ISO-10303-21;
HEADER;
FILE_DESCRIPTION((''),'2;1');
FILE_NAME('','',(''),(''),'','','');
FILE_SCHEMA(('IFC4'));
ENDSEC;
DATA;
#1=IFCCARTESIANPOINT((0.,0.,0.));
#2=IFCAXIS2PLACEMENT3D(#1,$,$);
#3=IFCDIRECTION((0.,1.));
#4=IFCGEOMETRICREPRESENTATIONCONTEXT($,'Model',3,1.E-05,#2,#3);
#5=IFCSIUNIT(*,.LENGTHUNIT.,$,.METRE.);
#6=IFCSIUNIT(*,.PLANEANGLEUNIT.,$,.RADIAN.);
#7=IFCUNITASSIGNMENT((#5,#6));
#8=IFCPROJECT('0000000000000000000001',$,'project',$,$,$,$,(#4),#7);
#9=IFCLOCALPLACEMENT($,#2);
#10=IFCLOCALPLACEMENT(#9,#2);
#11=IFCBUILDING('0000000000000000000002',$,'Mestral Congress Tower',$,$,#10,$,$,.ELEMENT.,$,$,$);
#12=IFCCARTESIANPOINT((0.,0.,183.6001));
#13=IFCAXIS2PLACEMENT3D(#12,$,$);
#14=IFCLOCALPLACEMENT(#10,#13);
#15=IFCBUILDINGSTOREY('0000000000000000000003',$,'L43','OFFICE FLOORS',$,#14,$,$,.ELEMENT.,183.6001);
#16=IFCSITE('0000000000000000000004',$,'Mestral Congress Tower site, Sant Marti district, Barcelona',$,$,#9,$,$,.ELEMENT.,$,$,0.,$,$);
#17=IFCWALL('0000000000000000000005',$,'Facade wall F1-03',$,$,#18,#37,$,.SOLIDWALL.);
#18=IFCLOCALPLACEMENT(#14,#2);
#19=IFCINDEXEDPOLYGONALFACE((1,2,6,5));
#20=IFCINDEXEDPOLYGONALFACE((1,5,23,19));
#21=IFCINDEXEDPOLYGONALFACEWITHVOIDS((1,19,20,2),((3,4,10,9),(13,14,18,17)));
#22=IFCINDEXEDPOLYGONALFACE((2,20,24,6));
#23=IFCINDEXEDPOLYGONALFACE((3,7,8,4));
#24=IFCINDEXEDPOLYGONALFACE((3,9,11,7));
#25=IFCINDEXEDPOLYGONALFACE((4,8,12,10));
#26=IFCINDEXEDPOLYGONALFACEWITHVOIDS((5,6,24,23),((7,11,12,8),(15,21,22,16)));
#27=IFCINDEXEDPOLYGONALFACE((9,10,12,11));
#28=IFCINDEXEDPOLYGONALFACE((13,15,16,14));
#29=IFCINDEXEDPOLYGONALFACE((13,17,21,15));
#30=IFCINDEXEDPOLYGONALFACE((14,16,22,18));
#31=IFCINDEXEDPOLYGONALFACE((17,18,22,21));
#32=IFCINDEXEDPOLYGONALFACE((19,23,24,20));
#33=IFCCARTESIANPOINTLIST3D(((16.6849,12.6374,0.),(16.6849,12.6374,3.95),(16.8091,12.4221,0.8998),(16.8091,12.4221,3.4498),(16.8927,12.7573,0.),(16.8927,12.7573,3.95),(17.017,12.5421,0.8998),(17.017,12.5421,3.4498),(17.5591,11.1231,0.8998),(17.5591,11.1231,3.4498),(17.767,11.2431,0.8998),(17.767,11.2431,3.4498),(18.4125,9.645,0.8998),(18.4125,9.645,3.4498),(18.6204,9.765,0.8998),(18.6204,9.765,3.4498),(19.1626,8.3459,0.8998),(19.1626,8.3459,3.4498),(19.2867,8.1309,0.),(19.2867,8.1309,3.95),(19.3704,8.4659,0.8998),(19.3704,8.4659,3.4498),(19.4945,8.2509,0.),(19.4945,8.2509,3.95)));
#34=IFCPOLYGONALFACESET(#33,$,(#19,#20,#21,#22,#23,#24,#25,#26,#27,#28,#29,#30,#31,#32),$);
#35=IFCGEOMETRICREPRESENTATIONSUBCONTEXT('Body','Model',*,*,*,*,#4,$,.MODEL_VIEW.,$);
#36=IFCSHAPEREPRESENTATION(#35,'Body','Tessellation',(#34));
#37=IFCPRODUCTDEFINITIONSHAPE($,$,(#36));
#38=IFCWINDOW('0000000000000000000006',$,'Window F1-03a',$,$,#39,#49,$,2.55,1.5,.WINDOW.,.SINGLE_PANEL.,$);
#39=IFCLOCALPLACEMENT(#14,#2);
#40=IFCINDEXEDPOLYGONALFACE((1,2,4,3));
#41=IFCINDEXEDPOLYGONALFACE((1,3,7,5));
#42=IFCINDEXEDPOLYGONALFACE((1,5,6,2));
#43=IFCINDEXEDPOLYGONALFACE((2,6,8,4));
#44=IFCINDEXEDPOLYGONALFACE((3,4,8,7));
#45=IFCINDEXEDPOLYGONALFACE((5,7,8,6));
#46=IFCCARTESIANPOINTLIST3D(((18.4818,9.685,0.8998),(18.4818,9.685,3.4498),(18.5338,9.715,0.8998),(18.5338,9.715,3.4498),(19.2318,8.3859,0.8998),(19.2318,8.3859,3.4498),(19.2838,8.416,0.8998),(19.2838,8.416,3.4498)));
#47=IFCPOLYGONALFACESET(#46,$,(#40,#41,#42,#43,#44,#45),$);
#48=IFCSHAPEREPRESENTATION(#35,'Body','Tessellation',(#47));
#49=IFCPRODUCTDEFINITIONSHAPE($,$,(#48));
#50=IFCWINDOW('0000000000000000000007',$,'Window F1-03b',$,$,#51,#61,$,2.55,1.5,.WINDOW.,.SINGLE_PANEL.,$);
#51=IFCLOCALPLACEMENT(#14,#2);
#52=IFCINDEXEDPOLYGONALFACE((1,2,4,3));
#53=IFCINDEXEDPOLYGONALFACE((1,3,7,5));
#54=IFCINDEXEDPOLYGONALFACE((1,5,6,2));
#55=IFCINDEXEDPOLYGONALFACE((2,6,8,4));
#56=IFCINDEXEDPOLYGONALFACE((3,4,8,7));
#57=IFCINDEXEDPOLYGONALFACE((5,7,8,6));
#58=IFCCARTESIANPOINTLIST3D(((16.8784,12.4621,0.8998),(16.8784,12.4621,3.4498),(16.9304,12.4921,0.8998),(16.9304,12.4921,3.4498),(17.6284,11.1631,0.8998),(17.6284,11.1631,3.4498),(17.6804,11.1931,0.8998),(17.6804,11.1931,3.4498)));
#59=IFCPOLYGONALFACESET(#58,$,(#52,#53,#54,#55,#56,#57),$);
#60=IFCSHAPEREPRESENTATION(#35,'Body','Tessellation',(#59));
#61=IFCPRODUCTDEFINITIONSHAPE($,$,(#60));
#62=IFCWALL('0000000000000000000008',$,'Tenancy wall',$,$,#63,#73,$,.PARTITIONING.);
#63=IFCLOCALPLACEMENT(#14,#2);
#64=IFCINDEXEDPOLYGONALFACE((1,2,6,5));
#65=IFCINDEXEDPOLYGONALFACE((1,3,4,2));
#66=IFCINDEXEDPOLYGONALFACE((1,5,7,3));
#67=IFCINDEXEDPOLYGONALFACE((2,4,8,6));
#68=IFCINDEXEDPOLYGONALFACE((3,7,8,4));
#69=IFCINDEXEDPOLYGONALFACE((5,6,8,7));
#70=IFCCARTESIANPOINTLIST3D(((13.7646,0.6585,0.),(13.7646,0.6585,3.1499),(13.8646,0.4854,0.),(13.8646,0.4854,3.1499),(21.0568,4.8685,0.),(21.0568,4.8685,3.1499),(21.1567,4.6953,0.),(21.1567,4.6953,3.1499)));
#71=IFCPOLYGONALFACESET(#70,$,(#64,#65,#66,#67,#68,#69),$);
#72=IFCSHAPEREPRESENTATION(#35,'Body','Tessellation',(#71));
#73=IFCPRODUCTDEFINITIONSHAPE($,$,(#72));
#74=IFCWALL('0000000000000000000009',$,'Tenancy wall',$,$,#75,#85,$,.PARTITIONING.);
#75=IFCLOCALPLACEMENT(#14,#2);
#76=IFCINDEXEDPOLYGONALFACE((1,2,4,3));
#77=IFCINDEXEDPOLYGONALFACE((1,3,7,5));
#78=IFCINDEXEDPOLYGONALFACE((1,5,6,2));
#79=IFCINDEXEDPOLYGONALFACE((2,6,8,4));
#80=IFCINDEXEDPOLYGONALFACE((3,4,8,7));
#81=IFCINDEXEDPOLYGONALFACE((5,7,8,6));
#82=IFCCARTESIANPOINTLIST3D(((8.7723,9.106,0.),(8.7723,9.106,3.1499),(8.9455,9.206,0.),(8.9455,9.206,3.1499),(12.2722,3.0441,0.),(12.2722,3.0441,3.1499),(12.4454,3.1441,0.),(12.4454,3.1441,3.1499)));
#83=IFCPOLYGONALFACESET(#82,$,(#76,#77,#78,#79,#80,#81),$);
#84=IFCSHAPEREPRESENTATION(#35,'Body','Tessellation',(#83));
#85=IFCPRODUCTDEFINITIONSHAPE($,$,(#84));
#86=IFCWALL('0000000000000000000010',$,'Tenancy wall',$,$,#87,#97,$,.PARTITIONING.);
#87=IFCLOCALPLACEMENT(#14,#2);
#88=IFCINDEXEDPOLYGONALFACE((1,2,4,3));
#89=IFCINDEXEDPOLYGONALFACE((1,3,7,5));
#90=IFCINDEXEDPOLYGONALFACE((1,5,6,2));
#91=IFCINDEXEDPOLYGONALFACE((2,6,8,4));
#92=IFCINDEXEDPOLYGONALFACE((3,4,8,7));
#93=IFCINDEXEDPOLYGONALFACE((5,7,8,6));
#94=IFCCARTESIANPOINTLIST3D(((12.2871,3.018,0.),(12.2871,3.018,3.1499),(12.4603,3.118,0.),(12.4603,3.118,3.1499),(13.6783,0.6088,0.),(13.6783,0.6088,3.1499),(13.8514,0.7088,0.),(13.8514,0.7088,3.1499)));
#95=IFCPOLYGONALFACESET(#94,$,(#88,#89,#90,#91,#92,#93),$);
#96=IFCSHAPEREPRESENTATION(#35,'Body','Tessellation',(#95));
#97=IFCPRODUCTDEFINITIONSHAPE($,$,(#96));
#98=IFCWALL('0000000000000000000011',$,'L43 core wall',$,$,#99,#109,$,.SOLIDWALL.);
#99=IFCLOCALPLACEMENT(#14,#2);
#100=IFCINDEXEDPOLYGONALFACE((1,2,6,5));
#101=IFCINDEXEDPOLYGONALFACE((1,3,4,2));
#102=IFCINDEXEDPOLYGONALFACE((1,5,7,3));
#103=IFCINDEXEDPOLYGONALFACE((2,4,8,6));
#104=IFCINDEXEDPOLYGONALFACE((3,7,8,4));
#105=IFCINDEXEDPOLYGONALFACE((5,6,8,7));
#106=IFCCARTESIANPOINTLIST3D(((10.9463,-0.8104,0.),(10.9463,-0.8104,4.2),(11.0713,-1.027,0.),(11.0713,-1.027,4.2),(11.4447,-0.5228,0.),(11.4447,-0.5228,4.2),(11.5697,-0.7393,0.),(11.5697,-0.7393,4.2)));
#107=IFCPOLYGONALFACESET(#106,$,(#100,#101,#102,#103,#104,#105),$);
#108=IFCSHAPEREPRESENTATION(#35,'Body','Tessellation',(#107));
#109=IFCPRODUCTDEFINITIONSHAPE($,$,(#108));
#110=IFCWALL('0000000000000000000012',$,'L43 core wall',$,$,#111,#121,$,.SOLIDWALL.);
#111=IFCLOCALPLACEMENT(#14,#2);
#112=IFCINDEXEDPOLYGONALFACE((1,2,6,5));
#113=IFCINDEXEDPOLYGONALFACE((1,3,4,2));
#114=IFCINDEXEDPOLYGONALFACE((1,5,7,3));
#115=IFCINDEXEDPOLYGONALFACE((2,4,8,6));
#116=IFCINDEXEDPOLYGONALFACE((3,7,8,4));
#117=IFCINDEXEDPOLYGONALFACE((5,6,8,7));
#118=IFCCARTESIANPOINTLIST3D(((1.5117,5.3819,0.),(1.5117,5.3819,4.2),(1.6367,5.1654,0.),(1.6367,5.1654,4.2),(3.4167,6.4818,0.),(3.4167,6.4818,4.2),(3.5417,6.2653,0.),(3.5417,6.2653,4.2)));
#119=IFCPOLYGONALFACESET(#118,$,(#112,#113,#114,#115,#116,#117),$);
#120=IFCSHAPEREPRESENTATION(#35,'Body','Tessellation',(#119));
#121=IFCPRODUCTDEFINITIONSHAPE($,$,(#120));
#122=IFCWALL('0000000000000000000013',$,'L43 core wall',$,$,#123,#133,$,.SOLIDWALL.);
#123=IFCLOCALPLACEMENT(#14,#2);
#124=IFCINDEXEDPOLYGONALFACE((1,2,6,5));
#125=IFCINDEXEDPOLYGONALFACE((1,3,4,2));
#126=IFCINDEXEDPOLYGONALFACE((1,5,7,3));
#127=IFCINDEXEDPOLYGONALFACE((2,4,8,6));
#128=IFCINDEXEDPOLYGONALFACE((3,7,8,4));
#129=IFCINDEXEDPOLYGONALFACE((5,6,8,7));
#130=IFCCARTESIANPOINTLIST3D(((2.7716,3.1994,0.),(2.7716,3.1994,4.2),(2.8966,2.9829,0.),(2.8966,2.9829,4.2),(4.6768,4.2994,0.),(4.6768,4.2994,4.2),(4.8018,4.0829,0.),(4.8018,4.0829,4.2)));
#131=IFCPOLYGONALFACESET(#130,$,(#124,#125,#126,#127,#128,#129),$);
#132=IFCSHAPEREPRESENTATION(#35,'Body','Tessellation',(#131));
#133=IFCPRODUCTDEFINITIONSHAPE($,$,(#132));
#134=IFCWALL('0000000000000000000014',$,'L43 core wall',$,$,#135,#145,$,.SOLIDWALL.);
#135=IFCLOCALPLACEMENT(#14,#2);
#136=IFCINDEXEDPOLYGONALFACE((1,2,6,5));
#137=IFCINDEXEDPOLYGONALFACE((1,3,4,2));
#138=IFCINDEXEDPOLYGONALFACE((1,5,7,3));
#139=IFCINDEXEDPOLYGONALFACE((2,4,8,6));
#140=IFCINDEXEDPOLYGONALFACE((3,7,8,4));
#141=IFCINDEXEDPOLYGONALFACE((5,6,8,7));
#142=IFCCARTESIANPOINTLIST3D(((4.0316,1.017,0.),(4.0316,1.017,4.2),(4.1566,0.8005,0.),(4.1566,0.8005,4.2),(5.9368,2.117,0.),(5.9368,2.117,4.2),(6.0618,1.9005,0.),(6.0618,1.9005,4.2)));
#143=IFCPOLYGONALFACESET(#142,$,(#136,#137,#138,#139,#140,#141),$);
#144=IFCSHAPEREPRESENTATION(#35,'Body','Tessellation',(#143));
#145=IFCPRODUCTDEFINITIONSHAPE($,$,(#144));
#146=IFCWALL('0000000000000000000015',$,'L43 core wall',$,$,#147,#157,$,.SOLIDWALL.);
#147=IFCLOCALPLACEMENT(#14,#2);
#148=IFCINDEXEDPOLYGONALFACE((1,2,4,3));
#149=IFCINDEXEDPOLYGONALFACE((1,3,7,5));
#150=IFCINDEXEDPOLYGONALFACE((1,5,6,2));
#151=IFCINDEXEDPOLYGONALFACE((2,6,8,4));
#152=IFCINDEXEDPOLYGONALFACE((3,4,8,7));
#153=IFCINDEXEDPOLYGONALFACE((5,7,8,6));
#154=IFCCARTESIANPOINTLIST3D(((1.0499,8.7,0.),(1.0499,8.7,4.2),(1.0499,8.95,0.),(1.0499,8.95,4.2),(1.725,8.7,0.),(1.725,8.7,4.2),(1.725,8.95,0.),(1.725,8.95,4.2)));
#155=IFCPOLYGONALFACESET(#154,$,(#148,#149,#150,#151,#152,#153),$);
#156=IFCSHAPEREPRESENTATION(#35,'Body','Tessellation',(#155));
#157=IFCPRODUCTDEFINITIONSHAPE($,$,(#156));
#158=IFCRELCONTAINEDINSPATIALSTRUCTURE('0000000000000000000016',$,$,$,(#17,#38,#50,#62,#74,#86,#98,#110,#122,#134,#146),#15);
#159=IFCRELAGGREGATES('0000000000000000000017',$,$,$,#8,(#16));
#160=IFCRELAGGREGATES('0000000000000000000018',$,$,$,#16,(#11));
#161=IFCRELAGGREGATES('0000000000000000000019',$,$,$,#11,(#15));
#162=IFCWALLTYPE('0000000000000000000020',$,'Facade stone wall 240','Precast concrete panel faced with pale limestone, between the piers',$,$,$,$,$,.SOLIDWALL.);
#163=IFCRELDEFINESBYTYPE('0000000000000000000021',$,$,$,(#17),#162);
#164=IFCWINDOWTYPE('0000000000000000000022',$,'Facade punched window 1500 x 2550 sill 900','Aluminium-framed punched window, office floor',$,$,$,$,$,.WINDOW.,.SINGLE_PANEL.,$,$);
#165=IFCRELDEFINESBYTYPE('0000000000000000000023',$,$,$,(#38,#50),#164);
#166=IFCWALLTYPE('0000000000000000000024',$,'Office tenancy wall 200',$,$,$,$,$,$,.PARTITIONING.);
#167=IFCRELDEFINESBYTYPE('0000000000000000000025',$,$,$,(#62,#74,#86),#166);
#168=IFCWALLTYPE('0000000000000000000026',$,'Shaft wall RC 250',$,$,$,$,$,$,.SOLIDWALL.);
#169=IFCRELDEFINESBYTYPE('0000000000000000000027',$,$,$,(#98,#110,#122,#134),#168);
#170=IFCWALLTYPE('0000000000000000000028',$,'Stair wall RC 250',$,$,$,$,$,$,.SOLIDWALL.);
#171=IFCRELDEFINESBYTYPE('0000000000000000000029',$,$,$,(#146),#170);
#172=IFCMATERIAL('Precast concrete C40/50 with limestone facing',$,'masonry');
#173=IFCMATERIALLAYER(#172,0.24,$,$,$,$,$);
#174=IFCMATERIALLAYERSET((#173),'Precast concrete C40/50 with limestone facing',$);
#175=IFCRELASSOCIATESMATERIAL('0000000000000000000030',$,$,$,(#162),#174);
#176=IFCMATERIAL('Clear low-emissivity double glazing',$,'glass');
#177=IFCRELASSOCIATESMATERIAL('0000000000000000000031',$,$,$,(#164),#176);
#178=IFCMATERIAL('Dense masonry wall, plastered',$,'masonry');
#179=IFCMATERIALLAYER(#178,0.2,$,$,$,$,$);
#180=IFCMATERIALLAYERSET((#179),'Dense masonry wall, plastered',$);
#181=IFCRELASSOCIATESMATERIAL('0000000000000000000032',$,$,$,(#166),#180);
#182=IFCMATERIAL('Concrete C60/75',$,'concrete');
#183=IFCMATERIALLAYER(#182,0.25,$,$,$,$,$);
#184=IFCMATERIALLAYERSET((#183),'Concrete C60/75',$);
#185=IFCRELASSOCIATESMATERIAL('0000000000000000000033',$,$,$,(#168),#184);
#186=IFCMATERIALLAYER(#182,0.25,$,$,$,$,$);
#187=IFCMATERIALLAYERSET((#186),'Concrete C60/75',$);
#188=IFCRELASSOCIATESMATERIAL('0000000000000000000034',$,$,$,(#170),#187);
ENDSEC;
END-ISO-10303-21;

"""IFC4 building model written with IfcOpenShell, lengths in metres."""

from ifc_helpers import new_model, si_unit, direction, frame, frame_2d, origin, place, context, subcontext, project, spatial, rectangle, extrude, material, layer, layer_set, type_object, element, fill, save


model = new_model("IFC4")

# Units and contexts
model_context = context("Model", 3, precision=1e-05, world=origin(), true_north=direction((0.0, 1.0)))
body_context = subcontext(model_context, "Body", "Model", "MODEL_VIEW")
ifc_project = project(units=[si_unit("LENGTHUNIT", "METRE"), si_unit("PLANEANGLEUNIT", "RADIAN")], contexts=[model_context])

# Site, building, storey
site_placement = place(None, origin())
site = spatial("IfcSite", under=ifc_project, at=site_placement, Name="Mestral Congress Tower site, Sant Marti district, Barcelona", CompositionType="ELEMENT", RefElevation=0.0)
building_placement = place(site_placement, origin())
building = spatial("IfcBuilding", under=site, at=building_placement, Name="Mestral Congress Tower", CompositionType="ELEMENT")
storey_placement = place(building_placement, frame((0.0, 0.0, 183.6001)))
storey = spatial("IfcBuildingStorey", under=building, at=storey_placement, Name="L43", Description="OFFICE FLOORS", CompositionType="ELEMENT", Elevation=183.6001)

# Shared definitions
ifc_material_1 = material(Name="Concrete C60/75", Category="concrete")

# Wall, openings, windows
ifc_material_2 = material(Name="Precast concrete C40/50 with limestone facing", Category="masonry")
ifc_layer_1 = layer(ifc_material_2, 0.24)
ifc_layer_set_1 = layer_set([ifc_layer_1], Name="Precast concrete C40/50 with limestone facing")
wall_type_1 = type_object("IfcWallType", Name="Facade stone wall 240", Description="Precast concrete panel faced with pale limestone, between the piers", PredefinedType="SOLIDWALL", material=ifc_layer_set_1)
ifc_material_3 = material(Name="Clear low-emissivity double glazing", Category="glass")
window_type = type_object("IfcWindowType", Name="Facade punched window 1500 x 2550 sill 900", Description="Aluminium-framed punched window, office floor", PartitioningType="SINGLE_PANEL", PredefinedType="WINDOW", material=ifc_material_3)
wall_1_placement = place(storey_placement, frame((19.3906, 8.1909, 0.0), z_axis=(0.0, 0.0, 1.0), x_axis=(-0.500009, 0.86602, 0.0)))
wall_1 = element("IfcWall", 1, at=wall_1_placement, inside=storey, type_object=wall_type_1, Name="Facade wall F1-03", PredefinedType="SOLIDWALL", context=body_context, shape_type="SweptSolid", body=[
    extrude(rectangle(XDim=5.2036, YDim=0.24, at=frame_2d((2.6018, 0.0))), origin(), (0.0, 0.0, 1.0), 3.95),
])
opening_1_placement = place(wall_1_placement, frame((0.2483, 0.0, 0.8999)))
opening_1 = element("IfcOpeningElement", 2, at=opening_1_placement, cuts=wall_1, PredefinedType="OPENING", context=body_context, shape_type="SweptSolid", body=[
    extrude(rectangle(XDim=1.5, YDim=2.55, at=frame_2d((0.75, 1.2749))), frame((0.0, 0.1299, 0.0), z_axis=(0.0, -1.0, 0.0), x_axis=(1.0, 0.0, 0.0)), (0.0, 0.0, 1.0), 0.26),
])
opening_2_placement = place(wall_1_placement, frame((3.4551, 0.0, 0.8999)))
opening_2 = element("IfcOpeningElement", 3, at=opening_2_placement, cuts=wall_1, PredefinedType="OPENING", context=body_context, shape_type="SweptSolid", body=[
    extrude(rectangle(XDim=1.5, YDim=2.55, at=frame_2d((0.75, 1.2749))), frame((0.0, 0.1299, 0.0), z_axis=(0.0, -1.0, 0.0), x_axis=(1.0, 0.0, 0.0)), (0.0, 0.0, 1.0), 0.26),
])
window_1_placement = place(opening_1_placement, origin())
window_1 = element("IfcWindow", 4, at=window_1_placement, inside=storey, type_object=window_type, Name="Window F1-03a", OverallHeight=2.55, OverallWidth=1.5, PartitioningType="SINGLE_PANEL", PredefinedType="WINDOW", context=body_context, shape_type="SweptSolid", body=[
    extrude(rectangle(XDim=1.5, YDim=2.55, at=frame_2d((0.75, 1.2749))), frame((0.0, 0.04, 0.0), z_axis=(0.0, -1.0, 0.0), x_axis=(1.0, 0.0, 0.0)), (0.0, 0.0, 1.0), 0.0601),
])
fill(opening_1, window_1)
window_2_placement = place(opening_2_placement, origin())
window_2 = element("IfcWindow", 5, at=window_2_placement, inside=storey, type_object=window_type, Name="Window F1-03b", OverallHeight=2.55, OverallWidth=1.5, PartitioningType="SINGLE_PANEL", PredefinedType="WINDOW", context=body_context, shape_type="SweptSolid", body=[
    extrude(rectangle(XDim=1.5, YDim=2.55, at=frame_2d((0.75, 1.2749))), frame((0.0, 0.04, 0.0), z_axis=(0.0, -1.0, 0.0), x_axis=(1.0, 0.0, 0.0)), (0.0, 0.0, 1.0), 0.0601),
])
fill(opening_2, window_2)

# Walls
ifc_material_4 = material(Name="Dense masonry wall, plastered", Category="masonry")
ifc_layer_2 = layer(ifc_material_4, 0.2)
ifc_layer_set_2 = layer_set([ifc_layer_2], Name="Dense masonry wall, plastered")
wall_type_2 = type_object("IfcWallType", Name="Office tenancy wall 200", PredefinedType="PARTITIONING", material=ifc_layer_set_2)
wall_2_placement = place(storey_placement, frame((13.8147, 0.572, 0.0), z_axis=(0.0, 0.0, 1.0), x_axis=(0.866036, 0.499981, 0.0)))
element("IfcWall", 6, at=wall_2_placement, inside=storey, type_object=wall_type_2, Name="Tenancy wall", PredefinedType="PARTITIONING", context=body_context, shape_type="SweptSolid", body=[
    extrude(rectangle(XDim=8.4202, YDim=0.2, at=frame_2d((4.21, 0.0))), origin(), (0.0, 0.0, 1.0), 3.1499),
])
wall_3_placement = place(storey_placement, frame((12.3589, 3.094, 0.0), z_axis=(0.0, 0.0, 1.0), x_axis=(-0.50001, 0.866019, 0.0)))
element("IfcWall", 7, at=wall_3_placement, inside=storey, type_object=wall_type_2, Name="Tenancy wall", PredefinedType="PARTITIONING", context=body_context, shape_type="SweptSolid", body=[
    extrude(rectangle(XDim=6.9998, YDim=0.2, at=frame_2d((3.5, 0.0))), origin(), (0.0, 0.0, 1.0), 3.1499),
])
wall_4_placement = place(storey_placement, frame((13.7649, 0.6587, 0.0), z_axis=(0.0, 0.0, 1.0), x_axis=(-0.500047, 0.865999, 0.0)))
element("IfcWall", 8, at=wall_4_placement, inside=storey, type_object=wall_type_2, Name="Tenancy wall", PredefinedType="PARTITIONING", context=body_context, shape_type="SweptSolid", body=[
    extrude(rectangle(XDim=2.782, YDim=0.2, at=frame_2d((1.3911, 0.0))), origin(), (0.0, 0.0, 1.0), 3.1499),
])
ifc_layer_3 = layer(ifc_material_1, 0.25)
ifc_layer_set_3 = layer_set([ifc_layer_3], Name="Concrete C60/75")
wall_type_3 = type_object("IfcWallType", Name="Shaft wall RC 250", PredefinedType="SOLIDWALL", material=ifc_layer_set_3)
wall_5_placement = place(storey_placement, frame((11.5071, -0.6311, 0.0), z_axis=(0.0, 0.0, 1.0), x_axis=(-0.866094, -0.499882, 0.0)))
element("IfcWall", 9, at=wall_5_placement, inside=storey, type_object=wall_type_3, Name="L43 core wall", PredefinedType="SOLIDWALL", context=body_context, shape_type="SweptSolid", body=[
    extrude(rectangle(XDim=0.5754, YDim=0.25, at=frame_2d((0.2876, 0.0))), origin(), (0.0, 0.0, 1.0), 4.2),
])
wall_6_placement = place(storey_placement, frame((1.5742, 5.2737, 0.0), z_axis=(0.0, 0.0, 1.0), x_axis=(0.866028, 0.499995, 0.0)))
element("IfcWall", 10, at=wall_6_placement, inside=storey, type_object=wall_type_3, Name="L43 core wall", PredefinedType="SOLIDWALL", context=body_context, shape_type="SweptSolid", body=[
    extrude(rectangle(XDim=2.1997, YDim=0.25, at=frame_2d((1.0999, 0.0))), origin(), (0.0, 0.0, 1.0), 4.2),
])
for number, where, z_axis, x_axis, name in (
    (11, (2.834, 3.0911, 0.0), (0.0, 0.0, 1.0), (0.866008, 0.50003, 0.0), "L43 core wall"),
    (12, (4.094, 0.9087, 0.0), (0.0, 0.0, 1.0), (0.866008, 0.50003, 0.0), "L43 core wall"),
):
    element("IfcWall", number, at=place(storey_placement, frame(where, z_axis=z_axis, x_axis=x_axis)), inside=storey, type_object=wall_type_3, Name=name, PredefinedType="SOLIDWALL", context=body_context, shape_type="SweptSolid", body=[
        extrude(rectangle(XDim=2.2, YDim=0.25, at=frame_2d((1.1001, 0.0))), origin(), (0.0, 0.0, 1.0), 4.2),
    ])
ifc_layer_4 = layer(ifc_material_1, 0.25)
ifc_layer_set_4 = layer_set([ifc_layer_4], Name="Concrete C60/75")
wall_type_4 = type_object("IfcWallType", Name="Stair wall RC 250", PredefinedType="SOLIDWALL", material=ifc_layer_set_4)
wall_7_placement = place(storey_placement, frame((1.05, 8.825, 0.0), z_axis=(0.0, 0.0, 1.0), x_axis=(1.0, 0.0, 0.0)))
element("IfcWall", 13, at=wall_7_placement, inside=storey, type_object=wall_type_4, Name="L43 core wall", PredefinedType="SOLIDWALL", context=body_context, shape_type="SweptSolid", body=[
    extrude(rectangle(XDim=0.675, YDim=0.25, at=frame_2d((0.3374, 0.0))), origin(), (0.0, 0.0, 1.0), 4.2),
])

save(model, "model.ifc")
